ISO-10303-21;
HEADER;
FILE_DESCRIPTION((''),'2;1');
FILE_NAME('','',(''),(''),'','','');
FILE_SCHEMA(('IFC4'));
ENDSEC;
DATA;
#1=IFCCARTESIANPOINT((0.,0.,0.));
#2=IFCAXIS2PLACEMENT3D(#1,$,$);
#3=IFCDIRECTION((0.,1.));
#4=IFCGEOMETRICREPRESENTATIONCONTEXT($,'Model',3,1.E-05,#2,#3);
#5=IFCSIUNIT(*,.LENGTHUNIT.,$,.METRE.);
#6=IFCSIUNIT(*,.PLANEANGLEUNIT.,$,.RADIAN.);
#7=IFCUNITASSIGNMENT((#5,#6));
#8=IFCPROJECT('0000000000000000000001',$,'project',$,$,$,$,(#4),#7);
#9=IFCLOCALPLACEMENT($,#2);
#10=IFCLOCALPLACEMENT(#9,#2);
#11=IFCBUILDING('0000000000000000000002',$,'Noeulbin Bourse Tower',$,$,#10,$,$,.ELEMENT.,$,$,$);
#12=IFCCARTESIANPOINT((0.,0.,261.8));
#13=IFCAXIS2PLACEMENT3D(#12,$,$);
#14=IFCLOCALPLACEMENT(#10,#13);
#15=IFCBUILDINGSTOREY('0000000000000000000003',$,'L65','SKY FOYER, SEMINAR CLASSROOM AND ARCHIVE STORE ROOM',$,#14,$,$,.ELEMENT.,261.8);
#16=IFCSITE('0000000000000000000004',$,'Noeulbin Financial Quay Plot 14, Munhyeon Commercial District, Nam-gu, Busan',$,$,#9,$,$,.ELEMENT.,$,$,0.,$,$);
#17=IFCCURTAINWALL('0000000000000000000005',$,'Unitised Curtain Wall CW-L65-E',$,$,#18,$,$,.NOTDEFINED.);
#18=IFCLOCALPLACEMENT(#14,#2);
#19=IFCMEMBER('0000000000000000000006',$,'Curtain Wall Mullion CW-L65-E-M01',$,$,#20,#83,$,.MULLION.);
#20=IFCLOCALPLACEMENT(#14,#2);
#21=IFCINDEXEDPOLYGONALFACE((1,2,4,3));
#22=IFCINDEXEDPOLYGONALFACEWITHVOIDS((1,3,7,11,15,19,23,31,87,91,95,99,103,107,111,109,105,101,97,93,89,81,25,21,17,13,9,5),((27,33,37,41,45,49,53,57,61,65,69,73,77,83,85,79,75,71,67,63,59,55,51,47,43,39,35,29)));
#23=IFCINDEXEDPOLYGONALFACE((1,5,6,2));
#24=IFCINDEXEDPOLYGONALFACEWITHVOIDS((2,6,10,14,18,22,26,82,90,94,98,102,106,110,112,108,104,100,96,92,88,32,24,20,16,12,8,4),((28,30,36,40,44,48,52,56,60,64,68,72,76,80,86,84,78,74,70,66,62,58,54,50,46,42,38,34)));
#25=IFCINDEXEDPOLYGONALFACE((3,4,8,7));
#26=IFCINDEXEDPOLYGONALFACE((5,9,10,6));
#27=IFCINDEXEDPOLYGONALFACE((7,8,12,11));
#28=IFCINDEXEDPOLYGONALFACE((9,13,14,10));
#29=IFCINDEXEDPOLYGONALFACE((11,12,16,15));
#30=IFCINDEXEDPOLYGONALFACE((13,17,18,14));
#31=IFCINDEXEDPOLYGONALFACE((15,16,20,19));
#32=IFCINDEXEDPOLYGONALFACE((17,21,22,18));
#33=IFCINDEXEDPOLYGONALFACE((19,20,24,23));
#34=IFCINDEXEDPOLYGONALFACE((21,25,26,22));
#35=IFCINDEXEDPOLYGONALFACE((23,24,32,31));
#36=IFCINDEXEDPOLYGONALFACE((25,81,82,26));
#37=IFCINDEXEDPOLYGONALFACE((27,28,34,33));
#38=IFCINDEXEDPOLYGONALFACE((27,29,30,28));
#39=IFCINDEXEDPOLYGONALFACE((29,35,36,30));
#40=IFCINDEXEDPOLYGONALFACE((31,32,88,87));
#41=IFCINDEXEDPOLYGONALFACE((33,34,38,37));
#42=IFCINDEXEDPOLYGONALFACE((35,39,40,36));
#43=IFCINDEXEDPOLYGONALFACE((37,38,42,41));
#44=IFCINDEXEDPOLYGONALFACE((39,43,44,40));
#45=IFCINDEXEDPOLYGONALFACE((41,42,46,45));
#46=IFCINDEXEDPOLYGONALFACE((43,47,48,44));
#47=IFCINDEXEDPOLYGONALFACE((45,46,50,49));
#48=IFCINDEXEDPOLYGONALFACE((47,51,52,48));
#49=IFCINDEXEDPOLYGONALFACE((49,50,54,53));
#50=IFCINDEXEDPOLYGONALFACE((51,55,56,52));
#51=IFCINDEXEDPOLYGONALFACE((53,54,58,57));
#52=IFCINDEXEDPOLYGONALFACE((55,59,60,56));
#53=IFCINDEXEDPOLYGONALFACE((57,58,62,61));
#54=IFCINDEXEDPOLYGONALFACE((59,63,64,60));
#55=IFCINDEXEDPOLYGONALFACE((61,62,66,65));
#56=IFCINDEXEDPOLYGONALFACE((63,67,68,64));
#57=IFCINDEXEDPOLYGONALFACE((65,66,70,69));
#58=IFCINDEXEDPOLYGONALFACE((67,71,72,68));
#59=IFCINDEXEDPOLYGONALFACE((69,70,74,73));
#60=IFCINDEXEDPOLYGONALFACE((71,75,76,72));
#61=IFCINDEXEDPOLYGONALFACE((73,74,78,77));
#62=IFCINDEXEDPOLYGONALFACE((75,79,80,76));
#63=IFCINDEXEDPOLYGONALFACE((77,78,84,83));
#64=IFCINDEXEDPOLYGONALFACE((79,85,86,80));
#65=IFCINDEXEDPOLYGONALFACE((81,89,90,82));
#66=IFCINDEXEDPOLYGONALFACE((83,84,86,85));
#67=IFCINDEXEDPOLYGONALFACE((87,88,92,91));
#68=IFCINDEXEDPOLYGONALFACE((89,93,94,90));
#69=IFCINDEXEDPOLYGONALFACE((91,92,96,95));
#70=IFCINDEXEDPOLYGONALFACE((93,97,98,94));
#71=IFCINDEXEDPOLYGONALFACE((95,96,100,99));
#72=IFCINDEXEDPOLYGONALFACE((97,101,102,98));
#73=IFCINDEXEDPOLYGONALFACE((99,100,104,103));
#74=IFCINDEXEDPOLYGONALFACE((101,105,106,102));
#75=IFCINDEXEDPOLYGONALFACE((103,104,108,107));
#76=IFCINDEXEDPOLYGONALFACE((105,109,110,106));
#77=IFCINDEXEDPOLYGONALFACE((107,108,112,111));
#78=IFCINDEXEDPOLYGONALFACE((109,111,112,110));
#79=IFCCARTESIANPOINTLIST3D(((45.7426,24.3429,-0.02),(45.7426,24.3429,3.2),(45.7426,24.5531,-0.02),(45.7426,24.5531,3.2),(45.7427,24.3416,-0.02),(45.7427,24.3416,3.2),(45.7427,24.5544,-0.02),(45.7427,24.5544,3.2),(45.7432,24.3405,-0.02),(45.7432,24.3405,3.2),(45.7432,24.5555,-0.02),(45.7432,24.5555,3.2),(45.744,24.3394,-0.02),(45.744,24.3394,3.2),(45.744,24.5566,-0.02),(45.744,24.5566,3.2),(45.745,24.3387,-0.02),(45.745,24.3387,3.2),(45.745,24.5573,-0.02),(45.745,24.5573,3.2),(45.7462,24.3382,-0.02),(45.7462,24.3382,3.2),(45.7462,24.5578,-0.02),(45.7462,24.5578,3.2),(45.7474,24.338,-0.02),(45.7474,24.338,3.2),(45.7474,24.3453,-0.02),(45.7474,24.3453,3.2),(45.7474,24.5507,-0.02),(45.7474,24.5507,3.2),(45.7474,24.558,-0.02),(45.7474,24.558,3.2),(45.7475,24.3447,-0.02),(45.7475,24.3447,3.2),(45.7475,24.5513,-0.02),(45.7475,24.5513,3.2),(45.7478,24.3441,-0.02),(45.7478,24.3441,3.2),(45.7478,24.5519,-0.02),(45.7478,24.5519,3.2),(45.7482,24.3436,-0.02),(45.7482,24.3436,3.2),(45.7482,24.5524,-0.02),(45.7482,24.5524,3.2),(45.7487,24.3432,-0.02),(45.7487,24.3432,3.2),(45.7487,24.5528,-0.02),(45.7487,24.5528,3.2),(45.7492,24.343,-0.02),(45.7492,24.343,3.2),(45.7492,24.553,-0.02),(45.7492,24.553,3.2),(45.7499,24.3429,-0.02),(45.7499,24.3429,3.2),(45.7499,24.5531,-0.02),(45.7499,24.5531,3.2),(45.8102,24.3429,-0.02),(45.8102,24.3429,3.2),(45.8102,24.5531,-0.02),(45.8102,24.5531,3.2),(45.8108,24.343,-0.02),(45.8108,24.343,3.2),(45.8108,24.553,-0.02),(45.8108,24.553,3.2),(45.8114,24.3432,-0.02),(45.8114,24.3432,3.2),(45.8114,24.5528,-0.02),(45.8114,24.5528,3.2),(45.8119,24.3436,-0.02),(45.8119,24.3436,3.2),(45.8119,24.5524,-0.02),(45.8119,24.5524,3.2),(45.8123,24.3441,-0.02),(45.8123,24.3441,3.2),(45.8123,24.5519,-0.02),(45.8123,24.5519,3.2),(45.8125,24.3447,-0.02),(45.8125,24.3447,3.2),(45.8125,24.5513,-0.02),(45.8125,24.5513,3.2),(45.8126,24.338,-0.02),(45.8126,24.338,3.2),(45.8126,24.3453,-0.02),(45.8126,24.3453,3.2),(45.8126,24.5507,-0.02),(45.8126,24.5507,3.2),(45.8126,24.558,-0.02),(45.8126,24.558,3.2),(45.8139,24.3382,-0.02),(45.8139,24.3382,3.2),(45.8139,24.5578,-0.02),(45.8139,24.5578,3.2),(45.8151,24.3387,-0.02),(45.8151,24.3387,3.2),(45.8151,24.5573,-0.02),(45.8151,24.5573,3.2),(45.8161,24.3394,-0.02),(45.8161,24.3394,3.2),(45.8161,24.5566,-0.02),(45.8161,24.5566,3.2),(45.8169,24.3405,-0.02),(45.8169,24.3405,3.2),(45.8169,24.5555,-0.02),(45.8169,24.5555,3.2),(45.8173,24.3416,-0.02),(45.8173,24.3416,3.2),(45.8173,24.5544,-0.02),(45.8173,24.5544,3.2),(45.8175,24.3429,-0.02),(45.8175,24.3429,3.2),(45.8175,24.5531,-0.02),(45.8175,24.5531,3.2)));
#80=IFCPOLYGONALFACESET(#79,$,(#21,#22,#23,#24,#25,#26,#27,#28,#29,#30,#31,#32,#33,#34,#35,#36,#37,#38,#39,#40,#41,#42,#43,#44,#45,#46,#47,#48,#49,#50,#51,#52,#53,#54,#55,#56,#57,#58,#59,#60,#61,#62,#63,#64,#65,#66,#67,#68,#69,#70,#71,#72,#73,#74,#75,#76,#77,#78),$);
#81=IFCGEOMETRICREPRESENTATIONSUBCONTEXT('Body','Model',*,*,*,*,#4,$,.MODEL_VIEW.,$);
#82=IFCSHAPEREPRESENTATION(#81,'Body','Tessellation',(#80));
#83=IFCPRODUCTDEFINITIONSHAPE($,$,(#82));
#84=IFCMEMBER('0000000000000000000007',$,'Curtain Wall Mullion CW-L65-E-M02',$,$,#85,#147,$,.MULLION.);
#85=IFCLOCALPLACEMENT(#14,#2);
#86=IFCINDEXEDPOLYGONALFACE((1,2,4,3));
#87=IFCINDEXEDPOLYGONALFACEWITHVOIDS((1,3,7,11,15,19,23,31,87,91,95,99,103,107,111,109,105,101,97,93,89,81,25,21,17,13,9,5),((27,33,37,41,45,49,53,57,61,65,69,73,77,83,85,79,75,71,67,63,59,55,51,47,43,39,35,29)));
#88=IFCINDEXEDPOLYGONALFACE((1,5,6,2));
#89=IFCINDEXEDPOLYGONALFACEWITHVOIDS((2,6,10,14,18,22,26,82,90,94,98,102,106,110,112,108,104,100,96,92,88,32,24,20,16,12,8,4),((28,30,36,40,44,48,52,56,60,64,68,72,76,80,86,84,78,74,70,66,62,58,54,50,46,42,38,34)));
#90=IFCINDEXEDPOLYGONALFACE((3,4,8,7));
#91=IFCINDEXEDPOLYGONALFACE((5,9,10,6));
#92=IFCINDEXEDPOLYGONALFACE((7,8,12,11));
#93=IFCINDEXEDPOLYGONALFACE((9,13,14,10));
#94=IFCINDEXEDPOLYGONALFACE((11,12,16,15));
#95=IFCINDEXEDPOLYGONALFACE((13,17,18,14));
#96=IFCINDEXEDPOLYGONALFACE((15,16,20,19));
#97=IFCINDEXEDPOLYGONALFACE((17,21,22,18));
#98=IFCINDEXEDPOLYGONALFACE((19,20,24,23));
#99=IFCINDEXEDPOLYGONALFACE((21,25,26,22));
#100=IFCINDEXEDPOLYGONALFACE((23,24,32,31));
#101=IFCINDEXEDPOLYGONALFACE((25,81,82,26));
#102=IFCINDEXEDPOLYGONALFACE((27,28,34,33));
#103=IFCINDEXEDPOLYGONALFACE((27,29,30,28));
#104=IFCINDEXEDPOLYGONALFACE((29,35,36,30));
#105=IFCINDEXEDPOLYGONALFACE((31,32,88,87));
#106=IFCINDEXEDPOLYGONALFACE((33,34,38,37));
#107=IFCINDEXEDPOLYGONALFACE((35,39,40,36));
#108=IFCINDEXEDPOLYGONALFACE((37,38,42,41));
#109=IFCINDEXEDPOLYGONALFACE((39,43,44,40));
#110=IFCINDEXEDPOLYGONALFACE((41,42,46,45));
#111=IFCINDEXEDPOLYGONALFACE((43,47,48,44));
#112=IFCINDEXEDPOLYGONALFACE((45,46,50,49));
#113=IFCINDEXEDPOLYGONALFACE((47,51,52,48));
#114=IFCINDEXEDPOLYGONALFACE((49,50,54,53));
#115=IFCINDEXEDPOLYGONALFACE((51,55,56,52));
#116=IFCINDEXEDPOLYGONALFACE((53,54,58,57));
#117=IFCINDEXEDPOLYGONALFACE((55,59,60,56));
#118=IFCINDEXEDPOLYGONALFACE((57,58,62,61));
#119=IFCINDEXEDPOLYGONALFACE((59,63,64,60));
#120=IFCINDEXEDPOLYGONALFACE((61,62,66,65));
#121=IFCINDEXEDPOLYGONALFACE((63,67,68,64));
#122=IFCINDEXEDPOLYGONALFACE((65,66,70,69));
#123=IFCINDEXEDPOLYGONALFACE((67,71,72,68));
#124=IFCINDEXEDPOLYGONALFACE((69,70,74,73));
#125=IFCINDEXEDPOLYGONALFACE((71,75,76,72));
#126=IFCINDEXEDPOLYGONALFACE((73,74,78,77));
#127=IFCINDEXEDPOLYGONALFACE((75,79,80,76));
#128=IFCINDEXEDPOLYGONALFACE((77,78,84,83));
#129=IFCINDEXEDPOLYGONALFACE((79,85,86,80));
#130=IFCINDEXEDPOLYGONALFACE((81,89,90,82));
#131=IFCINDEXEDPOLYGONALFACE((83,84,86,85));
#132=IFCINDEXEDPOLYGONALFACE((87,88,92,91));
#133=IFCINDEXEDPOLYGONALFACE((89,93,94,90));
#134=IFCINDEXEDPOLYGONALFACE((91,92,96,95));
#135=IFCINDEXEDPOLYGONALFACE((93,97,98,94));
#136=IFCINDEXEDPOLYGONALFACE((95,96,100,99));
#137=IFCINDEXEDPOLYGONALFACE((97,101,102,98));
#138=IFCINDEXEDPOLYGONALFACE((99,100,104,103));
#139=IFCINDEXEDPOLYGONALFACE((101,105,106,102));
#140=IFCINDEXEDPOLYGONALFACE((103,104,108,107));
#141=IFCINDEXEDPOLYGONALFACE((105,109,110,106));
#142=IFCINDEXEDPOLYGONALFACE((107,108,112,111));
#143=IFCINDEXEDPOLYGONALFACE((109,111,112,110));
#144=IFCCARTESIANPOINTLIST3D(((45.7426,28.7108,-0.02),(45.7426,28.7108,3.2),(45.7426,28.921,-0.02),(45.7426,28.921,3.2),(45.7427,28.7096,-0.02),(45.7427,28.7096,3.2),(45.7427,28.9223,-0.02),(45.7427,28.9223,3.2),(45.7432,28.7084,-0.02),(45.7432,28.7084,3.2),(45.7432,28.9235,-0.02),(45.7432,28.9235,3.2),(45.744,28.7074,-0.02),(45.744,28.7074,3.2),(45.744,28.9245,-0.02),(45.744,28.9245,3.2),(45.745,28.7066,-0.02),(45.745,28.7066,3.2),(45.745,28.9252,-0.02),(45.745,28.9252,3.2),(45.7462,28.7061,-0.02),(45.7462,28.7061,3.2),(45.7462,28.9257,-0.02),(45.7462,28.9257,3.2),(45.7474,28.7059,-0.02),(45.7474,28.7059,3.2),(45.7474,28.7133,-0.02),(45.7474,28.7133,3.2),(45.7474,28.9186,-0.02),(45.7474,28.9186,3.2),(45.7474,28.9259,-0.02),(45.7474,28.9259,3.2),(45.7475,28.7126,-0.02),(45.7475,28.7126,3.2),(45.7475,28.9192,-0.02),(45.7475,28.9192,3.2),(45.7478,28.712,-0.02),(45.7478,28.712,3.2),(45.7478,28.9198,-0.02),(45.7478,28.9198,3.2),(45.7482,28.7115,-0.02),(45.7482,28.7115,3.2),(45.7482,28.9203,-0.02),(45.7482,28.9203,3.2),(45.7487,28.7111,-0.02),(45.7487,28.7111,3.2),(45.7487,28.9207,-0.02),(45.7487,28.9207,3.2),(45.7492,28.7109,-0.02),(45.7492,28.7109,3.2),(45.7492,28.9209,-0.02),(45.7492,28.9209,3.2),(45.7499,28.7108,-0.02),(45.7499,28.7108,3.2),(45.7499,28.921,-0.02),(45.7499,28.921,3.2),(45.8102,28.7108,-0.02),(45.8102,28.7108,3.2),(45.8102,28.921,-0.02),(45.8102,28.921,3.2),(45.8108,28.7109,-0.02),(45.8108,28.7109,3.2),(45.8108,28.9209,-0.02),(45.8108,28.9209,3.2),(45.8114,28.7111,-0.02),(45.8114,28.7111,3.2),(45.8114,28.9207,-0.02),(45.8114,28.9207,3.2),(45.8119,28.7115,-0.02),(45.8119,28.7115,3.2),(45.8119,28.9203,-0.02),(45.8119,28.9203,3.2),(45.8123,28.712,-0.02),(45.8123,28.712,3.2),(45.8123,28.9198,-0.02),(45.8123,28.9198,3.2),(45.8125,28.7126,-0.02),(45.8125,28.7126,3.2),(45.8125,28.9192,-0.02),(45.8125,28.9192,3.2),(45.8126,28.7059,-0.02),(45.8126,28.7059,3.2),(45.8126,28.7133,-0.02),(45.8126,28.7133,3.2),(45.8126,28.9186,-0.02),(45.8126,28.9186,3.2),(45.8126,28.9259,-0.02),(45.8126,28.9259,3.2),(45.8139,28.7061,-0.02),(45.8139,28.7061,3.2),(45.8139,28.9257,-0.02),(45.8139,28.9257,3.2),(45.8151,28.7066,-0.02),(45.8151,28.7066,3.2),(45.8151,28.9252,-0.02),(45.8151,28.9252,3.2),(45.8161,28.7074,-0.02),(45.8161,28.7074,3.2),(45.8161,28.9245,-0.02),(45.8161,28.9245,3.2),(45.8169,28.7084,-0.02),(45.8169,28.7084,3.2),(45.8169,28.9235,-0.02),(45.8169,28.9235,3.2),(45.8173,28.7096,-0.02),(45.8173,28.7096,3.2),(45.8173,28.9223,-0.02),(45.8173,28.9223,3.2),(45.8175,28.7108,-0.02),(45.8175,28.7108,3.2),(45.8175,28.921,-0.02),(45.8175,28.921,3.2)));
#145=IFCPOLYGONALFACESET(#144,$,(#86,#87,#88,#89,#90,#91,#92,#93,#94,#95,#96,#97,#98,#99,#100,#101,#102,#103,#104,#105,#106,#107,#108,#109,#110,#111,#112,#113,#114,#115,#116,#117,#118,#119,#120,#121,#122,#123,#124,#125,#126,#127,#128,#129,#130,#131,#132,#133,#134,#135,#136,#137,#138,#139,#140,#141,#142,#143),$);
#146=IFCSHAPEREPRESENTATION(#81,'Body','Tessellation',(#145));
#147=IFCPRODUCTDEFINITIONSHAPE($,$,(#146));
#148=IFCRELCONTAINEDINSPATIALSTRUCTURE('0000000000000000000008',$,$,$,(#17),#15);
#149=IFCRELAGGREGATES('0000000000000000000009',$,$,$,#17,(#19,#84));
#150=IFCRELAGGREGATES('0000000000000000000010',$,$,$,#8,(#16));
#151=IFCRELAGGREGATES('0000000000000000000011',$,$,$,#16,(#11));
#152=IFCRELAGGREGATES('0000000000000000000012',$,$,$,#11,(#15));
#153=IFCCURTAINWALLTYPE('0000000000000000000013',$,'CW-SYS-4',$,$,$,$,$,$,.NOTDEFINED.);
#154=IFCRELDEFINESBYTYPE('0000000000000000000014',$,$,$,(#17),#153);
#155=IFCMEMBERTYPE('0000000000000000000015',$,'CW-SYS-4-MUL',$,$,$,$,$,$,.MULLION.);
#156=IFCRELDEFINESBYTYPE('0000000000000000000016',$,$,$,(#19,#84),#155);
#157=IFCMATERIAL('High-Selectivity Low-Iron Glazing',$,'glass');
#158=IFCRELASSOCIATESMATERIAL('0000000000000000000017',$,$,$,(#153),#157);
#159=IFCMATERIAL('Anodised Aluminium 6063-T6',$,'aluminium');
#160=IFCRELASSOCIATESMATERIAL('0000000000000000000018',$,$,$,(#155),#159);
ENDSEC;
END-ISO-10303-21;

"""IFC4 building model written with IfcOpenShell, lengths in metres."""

from ifc_helpers import new_model, si_unit, direction, frame, origin, origin_2d, place, context, subcontext, project, spatial, hollow_rectangle, extrude, material, material_profile, profile_set, type_object, element, aggregate, save


model = new_model("IFC4")

# Units and contexts
model_context = context("Model", 3, precision=1e-05, world=origin(), true_north=direction((0.0, 1.0)))
body_context = subcontext(model_context, "Body", "Model", "MODEL_VIEW")
ifc_project = project(units=[si_unit("LENGTHUNIT", "METRE"), si_unit("PLANEANGLEUNIT", "RADIAN")], contexts=[model_context])

# Site, building, storey
site_placement = place(None, origin())
site = spatial("IfcSite", under=ifc_project, at=site_placement, Name="Noeulbin Financial Quay Plot 14, Munhyeon Commercial District, Nam-gu, Busan", CompositionType="ELEMENT", RefElevation=0.0)
building_placement = place(site_placement, origin())
building = spatial("IfcBuilding", under=site, at=building_placement, Name="Noeulbin Bourse Tower", CompositionType="ELEMENT")
storey_placement = place(building_placement, frame((0.0, 0.0, 261.8)))
storey = spatial("IfcBuildingStorey", under=building, at=storey_placement, Name="L65", Description="SKY FOYER, SEMINAR CLASSROOM AND ARCHIVE STORE ROOM", CompositionType="ELEMENT", Elevation=261.8)

# Shared definitions
ifc_material_1 = material(Name="High-Selectivity Low-Iron Glazing", Category="glass")
curtain_wall_type = type_object("IfcCurtainWallType", Name="CW-SYS-4", PredefinedType="NOTDEFINED", material=ifc_material_1)
ifc_material_2 = material(Name="Anodised Aluminium 6063-T6", Category="aluminium")
ifc_material_profile_1 = material_profile(ifc_material_2, hollow_rectangle(XDim=0.075, YDim=0.22, WallThickness=0.0049, InnerFilletRadius=0.0024, OuterFilletRadius=0.0049, at=origin_2d()), Name="ALU-MULL-75x220x5", Category="LoadBearing")
ifc_profile_set_1 = profile_set([ifc_material_profile_1], Name="Anodised Aluminium 6063-T6")
member_type_1 = type_object("IfcMemberType", Name="CW-SYS-4-MUL", PredefinedType="MULLION", material=ifc_profile_set_1)

# Curtain wall, members
curtain_wall_1_placement = place(storey_placement, origin())
curtain_wall_1 = element("IfcCurtainWall", 1, at=curtain_wall_1_placement, inside=storey, type_object=curtain_wall_type, Name="Unitised Curtain Wall CW-L65-E", PredefinedType="NOTDEFINED")
member_1_placement = place(storey_placement, frame((45.78, 24.448, -0.02), z_axis=(0.0, 0.0, 1.0), x_axis=(1.0, 0.0, 0.0)))
member_1 = element("IfcMember", 2, at=member_1_placement, type_object=member_type_1, Name="Curtain Wall Mullion CW-L65-E-M01", PredefinedType="MULLION", context=body_context, shape_type="SweptSolid", body=[
    extrude(hollow_rectangle(XDim=0.075, YDim=0.22, WallThickness=0.0049, InnerFilletRadius=0.0024, OuterFilletRadius=0.0049, at=origin_2d()), origin(), (0.0, 0.0, 1.0), 3.22),
])
member_2_placement = place(storey_placement, frame((45.78, 28.8159, -0.02), z_axis=(0.0, 0.0, 1.0), x_axis=(1.0, 0.0, 0.0)))
member_2 = element("IfcMember", 3, at=member_2_placement, type_object=member_type_1, Name="Curtain Wall Mullion CW-L65-E-M02", PredefinedType="MULLION", context=body_context, shape_type="SweptSolid", body=[
    extrude(hollow_rectangle(XDim=0.075, YDim=0.22, WallThickness=0.0049, InnerFilletRadius=0.0024, OuterFilletRadius=0.0049, at=origin_2d()), origin(), (0.0, 0.0, 1.0), 3.22),
])

aggregate(curtain_wall_1, [member_1, member_2])

save(model, "model.ifc")
